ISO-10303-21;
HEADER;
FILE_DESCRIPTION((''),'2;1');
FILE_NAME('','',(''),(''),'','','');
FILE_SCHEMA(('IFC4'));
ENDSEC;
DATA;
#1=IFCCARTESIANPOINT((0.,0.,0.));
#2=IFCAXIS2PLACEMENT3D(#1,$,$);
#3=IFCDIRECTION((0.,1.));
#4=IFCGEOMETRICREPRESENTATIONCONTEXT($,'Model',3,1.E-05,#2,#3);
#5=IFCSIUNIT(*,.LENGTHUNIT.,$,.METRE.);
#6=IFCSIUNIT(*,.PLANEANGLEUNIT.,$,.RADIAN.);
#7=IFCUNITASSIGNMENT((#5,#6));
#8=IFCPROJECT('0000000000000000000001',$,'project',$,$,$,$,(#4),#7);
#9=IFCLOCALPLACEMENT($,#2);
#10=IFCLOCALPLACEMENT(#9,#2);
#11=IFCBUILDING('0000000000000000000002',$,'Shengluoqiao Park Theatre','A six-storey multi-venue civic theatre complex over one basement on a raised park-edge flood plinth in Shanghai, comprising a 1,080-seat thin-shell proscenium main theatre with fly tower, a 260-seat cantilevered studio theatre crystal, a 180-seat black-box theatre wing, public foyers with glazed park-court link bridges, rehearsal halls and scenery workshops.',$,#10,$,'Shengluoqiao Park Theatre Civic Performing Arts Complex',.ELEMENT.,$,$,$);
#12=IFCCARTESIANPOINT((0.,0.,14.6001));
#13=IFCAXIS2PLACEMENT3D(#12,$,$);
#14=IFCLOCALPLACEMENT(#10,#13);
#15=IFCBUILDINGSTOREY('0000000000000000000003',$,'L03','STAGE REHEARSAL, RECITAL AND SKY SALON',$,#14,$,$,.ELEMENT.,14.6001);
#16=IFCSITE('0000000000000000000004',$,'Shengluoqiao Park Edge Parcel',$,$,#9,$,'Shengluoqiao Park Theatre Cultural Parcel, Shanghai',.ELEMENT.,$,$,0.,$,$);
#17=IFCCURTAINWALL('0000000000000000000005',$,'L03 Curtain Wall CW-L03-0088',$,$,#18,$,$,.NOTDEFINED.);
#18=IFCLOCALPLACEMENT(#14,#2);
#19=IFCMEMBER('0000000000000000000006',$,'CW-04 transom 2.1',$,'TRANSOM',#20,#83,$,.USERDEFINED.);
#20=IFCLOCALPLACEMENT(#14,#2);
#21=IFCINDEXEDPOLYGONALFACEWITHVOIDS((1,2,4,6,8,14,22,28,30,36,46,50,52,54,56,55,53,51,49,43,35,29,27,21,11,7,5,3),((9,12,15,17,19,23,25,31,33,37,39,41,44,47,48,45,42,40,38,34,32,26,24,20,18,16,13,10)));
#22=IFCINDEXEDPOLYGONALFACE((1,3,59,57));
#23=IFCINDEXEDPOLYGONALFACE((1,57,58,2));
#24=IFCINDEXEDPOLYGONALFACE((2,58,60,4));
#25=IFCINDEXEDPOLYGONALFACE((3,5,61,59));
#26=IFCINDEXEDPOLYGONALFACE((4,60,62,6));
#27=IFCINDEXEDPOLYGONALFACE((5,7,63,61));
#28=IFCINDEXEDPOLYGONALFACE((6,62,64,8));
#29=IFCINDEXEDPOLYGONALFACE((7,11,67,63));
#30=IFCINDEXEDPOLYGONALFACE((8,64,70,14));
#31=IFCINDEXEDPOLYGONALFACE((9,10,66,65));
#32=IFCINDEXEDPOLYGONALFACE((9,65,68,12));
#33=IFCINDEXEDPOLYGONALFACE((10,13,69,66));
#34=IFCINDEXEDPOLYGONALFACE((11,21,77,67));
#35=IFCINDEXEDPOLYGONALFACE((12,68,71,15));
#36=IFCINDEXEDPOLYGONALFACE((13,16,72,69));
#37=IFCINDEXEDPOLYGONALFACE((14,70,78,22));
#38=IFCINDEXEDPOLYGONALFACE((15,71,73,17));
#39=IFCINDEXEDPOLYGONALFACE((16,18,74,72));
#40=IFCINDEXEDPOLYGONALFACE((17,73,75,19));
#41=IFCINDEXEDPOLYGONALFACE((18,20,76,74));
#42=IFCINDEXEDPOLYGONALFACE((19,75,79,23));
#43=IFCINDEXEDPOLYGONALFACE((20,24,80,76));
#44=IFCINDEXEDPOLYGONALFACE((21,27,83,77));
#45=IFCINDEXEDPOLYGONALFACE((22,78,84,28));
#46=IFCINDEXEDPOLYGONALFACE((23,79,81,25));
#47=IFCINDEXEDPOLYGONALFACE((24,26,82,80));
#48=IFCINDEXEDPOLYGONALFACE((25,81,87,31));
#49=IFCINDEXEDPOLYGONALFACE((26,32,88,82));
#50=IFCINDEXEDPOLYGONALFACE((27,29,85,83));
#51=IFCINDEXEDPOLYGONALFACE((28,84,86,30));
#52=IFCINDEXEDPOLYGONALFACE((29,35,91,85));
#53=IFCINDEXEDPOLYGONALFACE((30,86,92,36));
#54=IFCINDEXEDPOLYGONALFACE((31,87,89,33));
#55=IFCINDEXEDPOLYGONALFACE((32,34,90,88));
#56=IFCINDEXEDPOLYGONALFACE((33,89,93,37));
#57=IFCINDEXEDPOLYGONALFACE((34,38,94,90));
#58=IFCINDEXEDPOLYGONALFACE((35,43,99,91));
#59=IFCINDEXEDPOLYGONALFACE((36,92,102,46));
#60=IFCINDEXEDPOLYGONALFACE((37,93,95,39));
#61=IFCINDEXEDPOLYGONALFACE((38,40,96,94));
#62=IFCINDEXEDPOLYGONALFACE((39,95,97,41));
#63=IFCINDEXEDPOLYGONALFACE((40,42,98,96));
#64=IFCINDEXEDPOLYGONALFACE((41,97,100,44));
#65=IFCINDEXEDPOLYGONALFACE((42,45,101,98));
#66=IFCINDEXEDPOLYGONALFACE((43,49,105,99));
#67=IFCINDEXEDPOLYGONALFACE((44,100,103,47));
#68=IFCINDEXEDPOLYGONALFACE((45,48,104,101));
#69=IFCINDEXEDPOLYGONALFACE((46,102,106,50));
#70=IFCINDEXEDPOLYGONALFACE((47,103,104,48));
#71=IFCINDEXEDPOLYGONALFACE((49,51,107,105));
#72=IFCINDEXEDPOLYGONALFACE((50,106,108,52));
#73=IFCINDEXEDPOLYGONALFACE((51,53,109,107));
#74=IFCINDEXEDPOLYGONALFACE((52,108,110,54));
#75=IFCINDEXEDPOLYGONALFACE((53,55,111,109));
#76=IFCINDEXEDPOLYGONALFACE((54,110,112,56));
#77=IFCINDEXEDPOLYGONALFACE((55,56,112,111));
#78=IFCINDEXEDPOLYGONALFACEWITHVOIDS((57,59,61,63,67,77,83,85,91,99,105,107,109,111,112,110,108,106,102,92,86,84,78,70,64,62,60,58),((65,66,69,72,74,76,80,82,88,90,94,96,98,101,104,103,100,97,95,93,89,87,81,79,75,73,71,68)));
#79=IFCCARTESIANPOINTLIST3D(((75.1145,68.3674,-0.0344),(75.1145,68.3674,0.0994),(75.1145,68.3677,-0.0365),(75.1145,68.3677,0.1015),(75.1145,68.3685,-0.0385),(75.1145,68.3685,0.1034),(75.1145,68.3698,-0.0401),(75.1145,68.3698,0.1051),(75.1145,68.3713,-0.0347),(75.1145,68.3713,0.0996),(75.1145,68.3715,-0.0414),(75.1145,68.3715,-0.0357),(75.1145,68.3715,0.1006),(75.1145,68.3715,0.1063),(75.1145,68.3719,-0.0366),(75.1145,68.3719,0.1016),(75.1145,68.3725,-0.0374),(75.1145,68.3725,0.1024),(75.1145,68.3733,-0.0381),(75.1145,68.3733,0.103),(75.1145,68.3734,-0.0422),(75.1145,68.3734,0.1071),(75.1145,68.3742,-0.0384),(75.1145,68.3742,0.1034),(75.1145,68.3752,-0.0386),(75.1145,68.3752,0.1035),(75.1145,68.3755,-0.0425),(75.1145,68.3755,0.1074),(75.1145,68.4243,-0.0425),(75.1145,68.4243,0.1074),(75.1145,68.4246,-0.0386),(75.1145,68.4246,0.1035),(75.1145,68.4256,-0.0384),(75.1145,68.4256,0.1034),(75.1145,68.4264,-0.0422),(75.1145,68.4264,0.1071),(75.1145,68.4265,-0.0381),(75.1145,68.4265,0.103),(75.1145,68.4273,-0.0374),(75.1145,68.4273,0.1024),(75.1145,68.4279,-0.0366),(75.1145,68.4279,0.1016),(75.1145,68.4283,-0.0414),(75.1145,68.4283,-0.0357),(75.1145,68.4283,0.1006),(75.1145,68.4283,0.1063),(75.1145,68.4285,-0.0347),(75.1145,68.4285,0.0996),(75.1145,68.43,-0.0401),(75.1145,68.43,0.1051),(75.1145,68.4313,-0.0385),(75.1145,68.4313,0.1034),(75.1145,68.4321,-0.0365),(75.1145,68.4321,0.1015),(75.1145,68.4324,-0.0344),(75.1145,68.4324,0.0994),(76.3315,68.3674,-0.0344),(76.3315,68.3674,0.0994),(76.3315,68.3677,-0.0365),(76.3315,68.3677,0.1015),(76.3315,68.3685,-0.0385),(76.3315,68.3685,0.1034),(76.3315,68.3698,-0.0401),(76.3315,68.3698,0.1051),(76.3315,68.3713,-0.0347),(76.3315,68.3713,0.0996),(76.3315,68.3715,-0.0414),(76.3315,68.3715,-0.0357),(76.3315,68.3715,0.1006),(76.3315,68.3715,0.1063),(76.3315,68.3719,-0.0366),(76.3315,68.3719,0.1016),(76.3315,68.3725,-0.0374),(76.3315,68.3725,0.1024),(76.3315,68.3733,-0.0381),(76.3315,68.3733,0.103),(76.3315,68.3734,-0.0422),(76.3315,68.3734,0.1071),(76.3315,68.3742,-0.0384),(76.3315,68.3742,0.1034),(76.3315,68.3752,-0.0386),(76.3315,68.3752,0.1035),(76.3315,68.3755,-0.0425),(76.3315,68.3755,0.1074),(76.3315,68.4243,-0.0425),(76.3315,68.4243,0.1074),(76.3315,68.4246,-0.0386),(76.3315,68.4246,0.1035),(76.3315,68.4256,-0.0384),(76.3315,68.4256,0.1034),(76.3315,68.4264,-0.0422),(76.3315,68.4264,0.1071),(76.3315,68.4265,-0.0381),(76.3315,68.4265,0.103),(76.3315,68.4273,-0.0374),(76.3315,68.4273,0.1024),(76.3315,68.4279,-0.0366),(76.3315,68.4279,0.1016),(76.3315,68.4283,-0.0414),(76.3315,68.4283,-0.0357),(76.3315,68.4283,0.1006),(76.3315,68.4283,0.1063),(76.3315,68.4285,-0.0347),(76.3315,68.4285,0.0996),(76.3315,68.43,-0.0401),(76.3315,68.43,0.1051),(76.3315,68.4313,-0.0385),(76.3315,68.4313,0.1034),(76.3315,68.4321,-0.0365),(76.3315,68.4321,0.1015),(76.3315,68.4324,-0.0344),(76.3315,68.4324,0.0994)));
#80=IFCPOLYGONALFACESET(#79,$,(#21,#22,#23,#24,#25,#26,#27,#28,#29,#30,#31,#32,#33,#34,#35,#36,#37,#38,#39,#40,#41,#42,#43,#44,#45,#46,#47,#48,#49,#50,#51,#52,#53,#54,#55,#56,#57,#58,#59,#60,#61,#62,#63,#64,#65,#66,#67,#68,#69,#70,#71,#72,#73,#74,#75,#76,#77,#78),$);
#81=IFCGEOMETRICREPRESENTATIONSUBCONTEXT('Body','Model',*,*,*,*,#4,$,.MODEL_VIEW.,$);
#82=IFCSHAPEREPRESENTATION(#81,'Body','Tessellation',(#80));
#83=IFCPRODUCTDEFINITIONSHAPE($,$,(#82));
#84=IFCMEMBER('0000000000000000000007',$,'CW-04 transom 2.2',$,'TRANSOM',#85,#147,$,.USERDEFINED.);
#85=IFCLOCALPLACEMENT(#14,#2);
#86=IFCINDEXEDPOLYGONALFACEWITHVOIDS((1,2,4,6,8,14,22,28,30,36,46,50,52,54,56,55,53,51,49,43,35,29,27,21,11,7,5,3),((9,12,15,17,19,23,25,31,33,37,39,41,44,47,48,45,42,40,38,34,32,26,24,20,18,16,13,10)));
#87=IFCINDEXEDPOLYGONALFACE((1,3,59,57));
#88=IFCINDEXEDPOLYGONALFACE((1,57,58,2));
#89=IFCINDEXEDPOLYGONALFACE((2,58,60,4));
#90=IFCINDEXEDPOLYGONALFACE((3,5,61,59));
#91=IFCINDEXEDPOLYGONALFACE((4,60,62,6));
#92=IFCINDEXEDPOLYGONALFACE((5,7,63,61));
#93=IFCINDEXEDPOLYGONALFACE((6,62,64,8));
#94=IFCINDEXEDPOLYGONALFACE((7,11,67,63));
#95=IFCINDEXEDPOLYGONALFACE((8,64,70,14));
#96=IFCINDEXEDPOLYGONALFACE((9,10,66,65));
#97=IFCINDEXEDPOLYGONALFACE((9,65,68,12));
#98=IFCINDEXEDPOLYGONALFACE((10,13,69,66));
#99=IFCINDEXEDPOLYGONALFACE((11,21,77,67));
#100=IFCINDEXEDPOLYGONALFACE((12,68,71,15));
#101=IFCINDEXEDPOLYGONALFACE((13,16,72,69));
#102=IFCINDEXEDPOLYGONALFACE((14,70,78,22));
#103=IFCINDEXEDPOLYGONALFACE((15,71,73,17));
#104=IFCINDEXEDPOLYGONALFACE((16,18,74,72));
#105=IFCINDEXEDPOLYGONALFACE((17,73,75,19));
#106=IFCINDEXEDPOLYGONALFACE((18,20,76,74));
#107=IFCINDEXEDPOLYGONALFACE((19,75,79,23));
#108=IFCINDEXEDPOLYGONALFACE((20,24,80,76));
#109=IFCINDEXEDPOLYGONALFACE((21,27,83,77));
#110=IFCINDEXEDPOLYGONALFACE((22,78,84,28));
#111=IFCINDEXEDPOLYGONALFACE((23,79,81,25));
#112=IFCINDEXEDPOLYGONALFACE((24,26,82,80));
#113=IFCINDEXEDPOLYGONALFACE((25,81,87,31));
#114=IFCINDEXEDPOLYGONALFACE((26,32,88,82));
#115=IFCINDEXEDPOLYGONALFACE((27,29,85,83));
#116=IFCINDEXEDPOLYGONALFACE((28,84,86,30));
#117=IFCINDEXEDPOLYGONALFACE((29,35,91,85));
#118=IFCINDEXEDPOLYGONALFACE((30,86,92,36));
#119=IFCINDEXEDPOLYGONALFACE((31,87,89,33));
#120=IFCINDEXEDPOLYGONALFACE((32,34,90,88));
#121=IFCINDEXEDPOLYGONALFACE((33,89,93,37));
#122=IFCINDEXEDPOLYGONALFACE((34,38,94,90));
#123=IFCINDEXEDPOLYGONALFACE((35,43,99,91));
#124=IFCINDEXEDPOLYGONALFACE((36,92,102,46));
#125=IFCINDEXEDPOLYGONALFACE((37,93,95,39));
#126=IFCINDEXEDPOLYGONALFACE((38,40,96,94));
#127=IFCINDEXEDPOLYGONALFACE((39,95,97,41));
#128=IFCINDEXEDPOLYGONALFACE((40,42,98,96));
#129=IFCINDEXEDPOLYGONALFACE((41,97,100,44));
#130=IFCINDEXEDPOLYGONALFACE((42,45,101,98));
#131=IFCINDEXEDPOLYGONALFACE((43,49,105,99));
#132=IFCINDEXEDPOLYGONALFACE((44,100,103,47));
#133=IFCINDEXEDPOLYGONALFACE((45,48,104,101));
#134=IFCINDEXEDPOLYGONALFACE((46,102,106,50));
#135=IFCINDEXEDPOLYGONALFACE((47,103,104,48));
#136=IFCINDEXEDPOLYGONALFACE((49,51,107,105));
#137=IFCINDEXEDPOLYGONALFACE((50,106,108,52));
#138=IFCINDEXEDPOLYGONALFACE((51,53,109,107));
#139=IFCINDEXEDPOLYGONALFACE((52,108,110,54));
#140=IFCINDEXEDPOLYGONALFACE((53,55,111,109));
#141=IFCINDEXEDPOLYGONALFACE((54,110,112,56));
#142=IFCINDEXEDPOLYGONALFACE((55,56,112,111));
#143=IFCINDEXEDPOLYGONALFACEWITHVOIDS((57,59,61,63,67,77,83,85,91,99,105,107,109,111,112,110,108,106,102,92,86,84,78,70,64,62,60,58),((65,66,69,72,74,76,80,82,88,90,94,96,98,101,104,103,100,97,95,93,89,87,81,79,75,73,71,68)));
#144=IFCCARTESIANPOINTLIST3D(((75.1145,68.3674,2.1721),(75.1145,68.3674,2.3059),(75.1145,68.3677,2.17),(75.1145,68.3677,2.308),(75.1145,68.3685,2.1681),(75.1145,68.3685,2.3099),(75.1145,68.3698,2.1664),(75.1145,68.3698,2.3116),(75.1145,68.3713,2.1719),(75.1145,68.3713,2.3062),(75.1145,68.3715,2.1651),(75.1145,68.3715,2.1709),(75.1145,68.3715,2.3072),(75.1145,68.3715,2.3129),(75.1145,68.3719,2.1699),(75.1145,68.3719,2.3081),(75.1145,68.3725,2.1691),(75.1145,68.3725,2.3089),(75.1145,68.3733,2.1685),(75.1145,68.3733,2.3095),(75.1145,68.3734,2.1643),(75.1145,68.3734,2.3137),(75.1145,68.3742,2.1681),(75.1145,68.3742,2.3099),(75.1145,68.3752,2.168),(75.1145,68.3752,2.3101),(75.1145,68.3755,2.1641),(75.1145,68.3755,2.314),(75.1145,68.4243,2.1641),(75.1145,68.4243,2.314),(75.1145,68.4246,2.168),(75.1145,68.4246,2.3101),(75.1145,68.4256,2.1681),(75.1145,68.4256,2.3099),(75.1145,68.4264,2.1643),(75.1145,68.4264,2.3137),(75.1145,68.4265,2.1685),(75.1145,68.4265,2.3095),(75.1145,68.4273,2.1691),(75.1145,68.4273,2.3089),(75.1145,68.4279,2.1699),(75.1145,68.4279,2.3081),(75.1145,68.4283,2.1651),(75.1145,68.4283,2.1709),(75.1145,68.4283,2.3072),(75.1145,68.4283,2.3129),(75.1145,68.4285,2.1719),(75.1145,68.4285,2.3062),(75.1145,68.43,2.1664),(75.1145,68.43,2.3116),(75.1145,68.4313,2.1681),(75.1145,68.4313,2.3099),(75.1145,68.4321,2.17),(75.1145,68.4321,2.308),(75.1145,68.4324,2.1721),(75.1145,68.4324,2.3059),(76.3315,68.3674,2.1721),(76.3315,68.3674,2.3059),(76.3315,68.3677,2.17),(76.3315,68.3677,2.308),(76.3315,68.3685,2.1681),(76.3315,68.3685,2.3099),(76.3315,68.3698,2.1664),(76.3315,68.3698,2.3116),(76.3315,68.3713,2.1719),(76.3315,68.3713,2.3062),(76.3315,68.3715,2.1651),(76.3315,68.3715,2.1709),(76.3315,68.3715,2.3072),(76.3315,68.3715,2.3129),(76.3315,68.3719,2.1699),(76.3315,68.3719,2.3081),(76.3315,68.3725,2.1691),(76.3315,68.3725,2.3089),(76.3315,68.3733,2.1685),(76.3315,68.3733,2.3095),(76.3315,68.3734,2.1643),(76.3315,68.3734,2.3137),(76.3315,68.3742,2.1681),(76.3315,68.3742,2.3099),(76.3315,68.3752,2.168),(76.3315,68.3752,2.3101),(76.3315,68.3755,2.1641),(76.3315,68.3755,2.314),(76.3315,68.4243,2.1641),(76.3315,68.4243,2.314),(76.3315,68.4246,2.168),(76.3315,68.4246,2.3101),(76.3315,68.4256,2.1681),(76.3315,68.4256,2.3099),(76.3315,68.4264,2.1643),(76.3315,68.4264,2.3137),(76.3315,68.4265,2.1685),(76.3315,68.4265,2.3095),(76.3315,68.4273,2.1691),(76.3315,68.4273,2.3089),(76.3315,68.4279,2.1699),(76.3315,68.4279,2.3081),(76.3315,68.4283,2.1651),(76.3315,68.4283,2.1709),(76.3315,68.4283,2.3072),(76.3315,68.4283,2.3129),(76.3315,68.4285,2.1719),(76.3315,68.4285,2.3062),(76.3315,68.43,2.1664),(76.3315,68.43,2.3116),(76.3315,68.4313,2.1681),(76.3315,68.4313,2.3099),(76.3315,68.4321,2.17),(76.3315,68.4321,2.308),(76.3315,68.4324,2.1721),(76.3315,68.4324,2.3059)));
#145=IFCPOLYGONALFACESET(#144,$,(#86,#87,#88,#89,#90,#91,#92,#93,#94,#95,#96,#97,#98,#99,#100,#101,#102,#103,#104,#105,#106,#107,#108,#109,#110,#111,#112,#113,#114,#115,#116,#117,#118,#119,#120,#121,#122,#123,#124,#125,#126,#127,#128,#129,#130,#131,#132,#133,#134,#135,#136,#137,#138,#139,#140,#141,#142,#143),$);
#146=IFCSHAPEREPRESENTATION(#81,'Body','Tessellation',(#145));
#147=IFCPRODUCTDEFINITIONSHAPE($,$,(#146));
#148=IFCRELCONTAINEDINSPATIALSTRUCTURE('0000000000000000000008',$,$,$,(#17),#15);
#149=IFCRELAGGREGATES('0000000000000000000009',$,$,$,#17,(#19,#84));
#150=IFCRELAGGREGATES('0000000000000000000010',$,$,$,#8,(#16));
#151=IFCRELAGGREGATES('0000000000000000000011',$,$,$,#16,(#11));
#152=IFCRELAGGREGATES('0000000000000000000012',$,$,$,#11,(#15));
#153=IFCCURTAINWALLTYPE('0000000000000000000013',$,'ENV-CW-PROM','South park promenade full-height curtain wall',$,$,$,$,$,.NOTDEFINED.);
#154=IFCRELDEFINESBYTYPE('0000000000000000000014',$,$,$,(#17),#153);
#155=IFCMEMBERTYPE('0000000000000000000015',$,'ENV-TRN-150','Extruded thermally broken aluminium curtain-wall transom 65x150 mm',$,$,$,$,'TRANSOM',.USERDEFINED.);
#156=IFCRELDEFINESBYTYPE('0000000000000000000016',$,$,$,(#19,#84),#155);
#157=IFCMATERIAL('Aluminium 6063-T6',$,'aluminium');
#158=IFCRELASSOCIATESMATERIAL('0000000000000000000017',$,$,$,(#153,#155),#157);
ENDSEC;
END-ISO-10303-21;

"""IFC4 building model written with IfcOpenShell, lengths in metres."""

from ifc_helpers import new_model, si_unit, direction, frame, origin, origin_2d, place, context, subcontext, project, spatial, hollow_rectangle, extrude, material, material_profile, profile_set, type_object, element, aggregate, save


model = new_model("IFC4")

# Units and contexts
model_context = context("Model", 3, precision=1e-05, world=origin(), true_north=direction((0.0, 1.0)))
body_context = subcontext(model_context, "Body", "Model", "MODEL_VIEW")
ifc_project = project(units=[si_unit("LENGTHUNIT", "METRE"), si_unit("PLANEANGLEUNIT", "RADIAN")], contexts=[model_context])

# Site, building, storey
site_placement = place(None, origin())
site = spatial("IfcSite", under=ifc_project, at=site_placement, Name="Shengluoqiao Park Edge Parcel", LongName="Shengluoqiao Park Theatre Cultural Parcel, Shanghai", CompositionType="ELEMENT", RefElevation=0.0)
building_placement = place(site_placement, origin())
building = spatial("IfcBuilding", under=site, at=building_placement, Name="Shengluoqiao Park Theatre", Description="A six-storey multi-venue civic theatre complex over one basement on a raised park-edge flood plinth in Shanghai, comprising a 1,080-seat thin-shell proscenium main theatre with fly tower, a 260-seat cantilevered studio theatre crystal, a 180-seat black-box theatre wing, public foyers with glazed park-court link bridges, rehearsal halls and scenery workshops.", LongName="Shengluoqiao Park Theatre Civic Performing Arts Complex", CompositionType="ELEMENT")
storey_placement = place(building_placement, frame((0.0, 0.0, 14.6001)))
storey = spatial("IfcBuildingStorey", under=building, at=storey_placement, Name="L03", Description="STAGE REHEARSAL, RECITAL AND SKY SALON", CompositionType="ELEMENT", Elevation=14.6001)

# Curtain wall
ifc_material_1 = material(Name="Aluminium 6063-T6", Category="aluminium")
curtain_wall_type = type_object("IfcCurtainWallType", Name="ENV-CW-PROM", Description="South park promenade full-height curtain wall", PredefinedType="NOTDEFINED", material=ifc_material_1)
curtain_wall_1_placement = place(storey_placement, origin())
curtain_wall_1 = element("IfcCurtainWall", 1, at=curtain_wall_1_placement, inside=storey, type_object=curtain_wall_type, Name="L03 Curtain Wall CW-L03-0088", PredefinedType="NOTDEFINED")

# Members
ifc_material_profile_1 = material_profile(ifc_material_1, hollow_rectangle(XDim=0.0649, YDim=0.1499, WallThickness=0.0039, InnerFilletRadius=0.0039, OuterFilletRadius=0.0081, at=origin_2d()), Name="ALU TRANSOM 150x65x4")
ifc_profile_set_1 = profile_set([ifc_material_profile_1], Name="Aluminium 6063-T6")
member_type_1 = type_object("IfcMemberType", Name="ENV-TRN-150", Description="Extruded thermally broken aluminium curtain-wall transom 65x150 mm", ElementType="TRANSOM", PredefinedType="USERDEFINED", material=ifc_profile_set_1)
member_1_placement = place(storey_placement, frame((75.1145, 68.3999, 0.0325), z_axis=(1.0, 0.0, 0.0), x_axis=(0.0, 1.0, 0.0)))
member_1 = element("IfcMember", 2, at=member_1_placement, type_object=member_type_1, Name="CW-04 transom 2.1", ObjectType="TRANSOM", PredefinedType="USERDEFINED", context=body_context, shape_type="SweptSolid", body=[
    extrude(hollow_rectangle(XDim=0.0649, YDim=0.1499, WallThickness=0.0039, InnerFilletRadius=0.0039, OuterFilletRadius=0.0081, at=origin_2d()), origin(), (0.0, 0.0, 1.0), 1.217),
])
member_2_placement = place(storey_placement, frame((75.1145, 68.3999, 2.239), z_axis=(1.0, 0.0, 0.0), x_axis=(0.0, 1.0, 0.0)))
member_2 = element("IfcMember", 3, at=member_2_placement, type_object=member_type_1, Name="CW-04 transom 2.2", ObjectType="TRANSOM", PredefinedType="USERDEFINED", context=body_context, shape_type="SweptSolid", body=[
    extrude(hollow_rectangle(XDim=0.0649, YDim=0.1499, WallThickness=0.0039, InnerFilletRadius=0.0039, OuterFilletRadius=0.0081, at=origin_2d()), origin(), (0.0, 0.0, 1.0), 1.217),
])

aggregate(curtain_wall_1, [member_1, member_2])

save(model, "model.ifc")
